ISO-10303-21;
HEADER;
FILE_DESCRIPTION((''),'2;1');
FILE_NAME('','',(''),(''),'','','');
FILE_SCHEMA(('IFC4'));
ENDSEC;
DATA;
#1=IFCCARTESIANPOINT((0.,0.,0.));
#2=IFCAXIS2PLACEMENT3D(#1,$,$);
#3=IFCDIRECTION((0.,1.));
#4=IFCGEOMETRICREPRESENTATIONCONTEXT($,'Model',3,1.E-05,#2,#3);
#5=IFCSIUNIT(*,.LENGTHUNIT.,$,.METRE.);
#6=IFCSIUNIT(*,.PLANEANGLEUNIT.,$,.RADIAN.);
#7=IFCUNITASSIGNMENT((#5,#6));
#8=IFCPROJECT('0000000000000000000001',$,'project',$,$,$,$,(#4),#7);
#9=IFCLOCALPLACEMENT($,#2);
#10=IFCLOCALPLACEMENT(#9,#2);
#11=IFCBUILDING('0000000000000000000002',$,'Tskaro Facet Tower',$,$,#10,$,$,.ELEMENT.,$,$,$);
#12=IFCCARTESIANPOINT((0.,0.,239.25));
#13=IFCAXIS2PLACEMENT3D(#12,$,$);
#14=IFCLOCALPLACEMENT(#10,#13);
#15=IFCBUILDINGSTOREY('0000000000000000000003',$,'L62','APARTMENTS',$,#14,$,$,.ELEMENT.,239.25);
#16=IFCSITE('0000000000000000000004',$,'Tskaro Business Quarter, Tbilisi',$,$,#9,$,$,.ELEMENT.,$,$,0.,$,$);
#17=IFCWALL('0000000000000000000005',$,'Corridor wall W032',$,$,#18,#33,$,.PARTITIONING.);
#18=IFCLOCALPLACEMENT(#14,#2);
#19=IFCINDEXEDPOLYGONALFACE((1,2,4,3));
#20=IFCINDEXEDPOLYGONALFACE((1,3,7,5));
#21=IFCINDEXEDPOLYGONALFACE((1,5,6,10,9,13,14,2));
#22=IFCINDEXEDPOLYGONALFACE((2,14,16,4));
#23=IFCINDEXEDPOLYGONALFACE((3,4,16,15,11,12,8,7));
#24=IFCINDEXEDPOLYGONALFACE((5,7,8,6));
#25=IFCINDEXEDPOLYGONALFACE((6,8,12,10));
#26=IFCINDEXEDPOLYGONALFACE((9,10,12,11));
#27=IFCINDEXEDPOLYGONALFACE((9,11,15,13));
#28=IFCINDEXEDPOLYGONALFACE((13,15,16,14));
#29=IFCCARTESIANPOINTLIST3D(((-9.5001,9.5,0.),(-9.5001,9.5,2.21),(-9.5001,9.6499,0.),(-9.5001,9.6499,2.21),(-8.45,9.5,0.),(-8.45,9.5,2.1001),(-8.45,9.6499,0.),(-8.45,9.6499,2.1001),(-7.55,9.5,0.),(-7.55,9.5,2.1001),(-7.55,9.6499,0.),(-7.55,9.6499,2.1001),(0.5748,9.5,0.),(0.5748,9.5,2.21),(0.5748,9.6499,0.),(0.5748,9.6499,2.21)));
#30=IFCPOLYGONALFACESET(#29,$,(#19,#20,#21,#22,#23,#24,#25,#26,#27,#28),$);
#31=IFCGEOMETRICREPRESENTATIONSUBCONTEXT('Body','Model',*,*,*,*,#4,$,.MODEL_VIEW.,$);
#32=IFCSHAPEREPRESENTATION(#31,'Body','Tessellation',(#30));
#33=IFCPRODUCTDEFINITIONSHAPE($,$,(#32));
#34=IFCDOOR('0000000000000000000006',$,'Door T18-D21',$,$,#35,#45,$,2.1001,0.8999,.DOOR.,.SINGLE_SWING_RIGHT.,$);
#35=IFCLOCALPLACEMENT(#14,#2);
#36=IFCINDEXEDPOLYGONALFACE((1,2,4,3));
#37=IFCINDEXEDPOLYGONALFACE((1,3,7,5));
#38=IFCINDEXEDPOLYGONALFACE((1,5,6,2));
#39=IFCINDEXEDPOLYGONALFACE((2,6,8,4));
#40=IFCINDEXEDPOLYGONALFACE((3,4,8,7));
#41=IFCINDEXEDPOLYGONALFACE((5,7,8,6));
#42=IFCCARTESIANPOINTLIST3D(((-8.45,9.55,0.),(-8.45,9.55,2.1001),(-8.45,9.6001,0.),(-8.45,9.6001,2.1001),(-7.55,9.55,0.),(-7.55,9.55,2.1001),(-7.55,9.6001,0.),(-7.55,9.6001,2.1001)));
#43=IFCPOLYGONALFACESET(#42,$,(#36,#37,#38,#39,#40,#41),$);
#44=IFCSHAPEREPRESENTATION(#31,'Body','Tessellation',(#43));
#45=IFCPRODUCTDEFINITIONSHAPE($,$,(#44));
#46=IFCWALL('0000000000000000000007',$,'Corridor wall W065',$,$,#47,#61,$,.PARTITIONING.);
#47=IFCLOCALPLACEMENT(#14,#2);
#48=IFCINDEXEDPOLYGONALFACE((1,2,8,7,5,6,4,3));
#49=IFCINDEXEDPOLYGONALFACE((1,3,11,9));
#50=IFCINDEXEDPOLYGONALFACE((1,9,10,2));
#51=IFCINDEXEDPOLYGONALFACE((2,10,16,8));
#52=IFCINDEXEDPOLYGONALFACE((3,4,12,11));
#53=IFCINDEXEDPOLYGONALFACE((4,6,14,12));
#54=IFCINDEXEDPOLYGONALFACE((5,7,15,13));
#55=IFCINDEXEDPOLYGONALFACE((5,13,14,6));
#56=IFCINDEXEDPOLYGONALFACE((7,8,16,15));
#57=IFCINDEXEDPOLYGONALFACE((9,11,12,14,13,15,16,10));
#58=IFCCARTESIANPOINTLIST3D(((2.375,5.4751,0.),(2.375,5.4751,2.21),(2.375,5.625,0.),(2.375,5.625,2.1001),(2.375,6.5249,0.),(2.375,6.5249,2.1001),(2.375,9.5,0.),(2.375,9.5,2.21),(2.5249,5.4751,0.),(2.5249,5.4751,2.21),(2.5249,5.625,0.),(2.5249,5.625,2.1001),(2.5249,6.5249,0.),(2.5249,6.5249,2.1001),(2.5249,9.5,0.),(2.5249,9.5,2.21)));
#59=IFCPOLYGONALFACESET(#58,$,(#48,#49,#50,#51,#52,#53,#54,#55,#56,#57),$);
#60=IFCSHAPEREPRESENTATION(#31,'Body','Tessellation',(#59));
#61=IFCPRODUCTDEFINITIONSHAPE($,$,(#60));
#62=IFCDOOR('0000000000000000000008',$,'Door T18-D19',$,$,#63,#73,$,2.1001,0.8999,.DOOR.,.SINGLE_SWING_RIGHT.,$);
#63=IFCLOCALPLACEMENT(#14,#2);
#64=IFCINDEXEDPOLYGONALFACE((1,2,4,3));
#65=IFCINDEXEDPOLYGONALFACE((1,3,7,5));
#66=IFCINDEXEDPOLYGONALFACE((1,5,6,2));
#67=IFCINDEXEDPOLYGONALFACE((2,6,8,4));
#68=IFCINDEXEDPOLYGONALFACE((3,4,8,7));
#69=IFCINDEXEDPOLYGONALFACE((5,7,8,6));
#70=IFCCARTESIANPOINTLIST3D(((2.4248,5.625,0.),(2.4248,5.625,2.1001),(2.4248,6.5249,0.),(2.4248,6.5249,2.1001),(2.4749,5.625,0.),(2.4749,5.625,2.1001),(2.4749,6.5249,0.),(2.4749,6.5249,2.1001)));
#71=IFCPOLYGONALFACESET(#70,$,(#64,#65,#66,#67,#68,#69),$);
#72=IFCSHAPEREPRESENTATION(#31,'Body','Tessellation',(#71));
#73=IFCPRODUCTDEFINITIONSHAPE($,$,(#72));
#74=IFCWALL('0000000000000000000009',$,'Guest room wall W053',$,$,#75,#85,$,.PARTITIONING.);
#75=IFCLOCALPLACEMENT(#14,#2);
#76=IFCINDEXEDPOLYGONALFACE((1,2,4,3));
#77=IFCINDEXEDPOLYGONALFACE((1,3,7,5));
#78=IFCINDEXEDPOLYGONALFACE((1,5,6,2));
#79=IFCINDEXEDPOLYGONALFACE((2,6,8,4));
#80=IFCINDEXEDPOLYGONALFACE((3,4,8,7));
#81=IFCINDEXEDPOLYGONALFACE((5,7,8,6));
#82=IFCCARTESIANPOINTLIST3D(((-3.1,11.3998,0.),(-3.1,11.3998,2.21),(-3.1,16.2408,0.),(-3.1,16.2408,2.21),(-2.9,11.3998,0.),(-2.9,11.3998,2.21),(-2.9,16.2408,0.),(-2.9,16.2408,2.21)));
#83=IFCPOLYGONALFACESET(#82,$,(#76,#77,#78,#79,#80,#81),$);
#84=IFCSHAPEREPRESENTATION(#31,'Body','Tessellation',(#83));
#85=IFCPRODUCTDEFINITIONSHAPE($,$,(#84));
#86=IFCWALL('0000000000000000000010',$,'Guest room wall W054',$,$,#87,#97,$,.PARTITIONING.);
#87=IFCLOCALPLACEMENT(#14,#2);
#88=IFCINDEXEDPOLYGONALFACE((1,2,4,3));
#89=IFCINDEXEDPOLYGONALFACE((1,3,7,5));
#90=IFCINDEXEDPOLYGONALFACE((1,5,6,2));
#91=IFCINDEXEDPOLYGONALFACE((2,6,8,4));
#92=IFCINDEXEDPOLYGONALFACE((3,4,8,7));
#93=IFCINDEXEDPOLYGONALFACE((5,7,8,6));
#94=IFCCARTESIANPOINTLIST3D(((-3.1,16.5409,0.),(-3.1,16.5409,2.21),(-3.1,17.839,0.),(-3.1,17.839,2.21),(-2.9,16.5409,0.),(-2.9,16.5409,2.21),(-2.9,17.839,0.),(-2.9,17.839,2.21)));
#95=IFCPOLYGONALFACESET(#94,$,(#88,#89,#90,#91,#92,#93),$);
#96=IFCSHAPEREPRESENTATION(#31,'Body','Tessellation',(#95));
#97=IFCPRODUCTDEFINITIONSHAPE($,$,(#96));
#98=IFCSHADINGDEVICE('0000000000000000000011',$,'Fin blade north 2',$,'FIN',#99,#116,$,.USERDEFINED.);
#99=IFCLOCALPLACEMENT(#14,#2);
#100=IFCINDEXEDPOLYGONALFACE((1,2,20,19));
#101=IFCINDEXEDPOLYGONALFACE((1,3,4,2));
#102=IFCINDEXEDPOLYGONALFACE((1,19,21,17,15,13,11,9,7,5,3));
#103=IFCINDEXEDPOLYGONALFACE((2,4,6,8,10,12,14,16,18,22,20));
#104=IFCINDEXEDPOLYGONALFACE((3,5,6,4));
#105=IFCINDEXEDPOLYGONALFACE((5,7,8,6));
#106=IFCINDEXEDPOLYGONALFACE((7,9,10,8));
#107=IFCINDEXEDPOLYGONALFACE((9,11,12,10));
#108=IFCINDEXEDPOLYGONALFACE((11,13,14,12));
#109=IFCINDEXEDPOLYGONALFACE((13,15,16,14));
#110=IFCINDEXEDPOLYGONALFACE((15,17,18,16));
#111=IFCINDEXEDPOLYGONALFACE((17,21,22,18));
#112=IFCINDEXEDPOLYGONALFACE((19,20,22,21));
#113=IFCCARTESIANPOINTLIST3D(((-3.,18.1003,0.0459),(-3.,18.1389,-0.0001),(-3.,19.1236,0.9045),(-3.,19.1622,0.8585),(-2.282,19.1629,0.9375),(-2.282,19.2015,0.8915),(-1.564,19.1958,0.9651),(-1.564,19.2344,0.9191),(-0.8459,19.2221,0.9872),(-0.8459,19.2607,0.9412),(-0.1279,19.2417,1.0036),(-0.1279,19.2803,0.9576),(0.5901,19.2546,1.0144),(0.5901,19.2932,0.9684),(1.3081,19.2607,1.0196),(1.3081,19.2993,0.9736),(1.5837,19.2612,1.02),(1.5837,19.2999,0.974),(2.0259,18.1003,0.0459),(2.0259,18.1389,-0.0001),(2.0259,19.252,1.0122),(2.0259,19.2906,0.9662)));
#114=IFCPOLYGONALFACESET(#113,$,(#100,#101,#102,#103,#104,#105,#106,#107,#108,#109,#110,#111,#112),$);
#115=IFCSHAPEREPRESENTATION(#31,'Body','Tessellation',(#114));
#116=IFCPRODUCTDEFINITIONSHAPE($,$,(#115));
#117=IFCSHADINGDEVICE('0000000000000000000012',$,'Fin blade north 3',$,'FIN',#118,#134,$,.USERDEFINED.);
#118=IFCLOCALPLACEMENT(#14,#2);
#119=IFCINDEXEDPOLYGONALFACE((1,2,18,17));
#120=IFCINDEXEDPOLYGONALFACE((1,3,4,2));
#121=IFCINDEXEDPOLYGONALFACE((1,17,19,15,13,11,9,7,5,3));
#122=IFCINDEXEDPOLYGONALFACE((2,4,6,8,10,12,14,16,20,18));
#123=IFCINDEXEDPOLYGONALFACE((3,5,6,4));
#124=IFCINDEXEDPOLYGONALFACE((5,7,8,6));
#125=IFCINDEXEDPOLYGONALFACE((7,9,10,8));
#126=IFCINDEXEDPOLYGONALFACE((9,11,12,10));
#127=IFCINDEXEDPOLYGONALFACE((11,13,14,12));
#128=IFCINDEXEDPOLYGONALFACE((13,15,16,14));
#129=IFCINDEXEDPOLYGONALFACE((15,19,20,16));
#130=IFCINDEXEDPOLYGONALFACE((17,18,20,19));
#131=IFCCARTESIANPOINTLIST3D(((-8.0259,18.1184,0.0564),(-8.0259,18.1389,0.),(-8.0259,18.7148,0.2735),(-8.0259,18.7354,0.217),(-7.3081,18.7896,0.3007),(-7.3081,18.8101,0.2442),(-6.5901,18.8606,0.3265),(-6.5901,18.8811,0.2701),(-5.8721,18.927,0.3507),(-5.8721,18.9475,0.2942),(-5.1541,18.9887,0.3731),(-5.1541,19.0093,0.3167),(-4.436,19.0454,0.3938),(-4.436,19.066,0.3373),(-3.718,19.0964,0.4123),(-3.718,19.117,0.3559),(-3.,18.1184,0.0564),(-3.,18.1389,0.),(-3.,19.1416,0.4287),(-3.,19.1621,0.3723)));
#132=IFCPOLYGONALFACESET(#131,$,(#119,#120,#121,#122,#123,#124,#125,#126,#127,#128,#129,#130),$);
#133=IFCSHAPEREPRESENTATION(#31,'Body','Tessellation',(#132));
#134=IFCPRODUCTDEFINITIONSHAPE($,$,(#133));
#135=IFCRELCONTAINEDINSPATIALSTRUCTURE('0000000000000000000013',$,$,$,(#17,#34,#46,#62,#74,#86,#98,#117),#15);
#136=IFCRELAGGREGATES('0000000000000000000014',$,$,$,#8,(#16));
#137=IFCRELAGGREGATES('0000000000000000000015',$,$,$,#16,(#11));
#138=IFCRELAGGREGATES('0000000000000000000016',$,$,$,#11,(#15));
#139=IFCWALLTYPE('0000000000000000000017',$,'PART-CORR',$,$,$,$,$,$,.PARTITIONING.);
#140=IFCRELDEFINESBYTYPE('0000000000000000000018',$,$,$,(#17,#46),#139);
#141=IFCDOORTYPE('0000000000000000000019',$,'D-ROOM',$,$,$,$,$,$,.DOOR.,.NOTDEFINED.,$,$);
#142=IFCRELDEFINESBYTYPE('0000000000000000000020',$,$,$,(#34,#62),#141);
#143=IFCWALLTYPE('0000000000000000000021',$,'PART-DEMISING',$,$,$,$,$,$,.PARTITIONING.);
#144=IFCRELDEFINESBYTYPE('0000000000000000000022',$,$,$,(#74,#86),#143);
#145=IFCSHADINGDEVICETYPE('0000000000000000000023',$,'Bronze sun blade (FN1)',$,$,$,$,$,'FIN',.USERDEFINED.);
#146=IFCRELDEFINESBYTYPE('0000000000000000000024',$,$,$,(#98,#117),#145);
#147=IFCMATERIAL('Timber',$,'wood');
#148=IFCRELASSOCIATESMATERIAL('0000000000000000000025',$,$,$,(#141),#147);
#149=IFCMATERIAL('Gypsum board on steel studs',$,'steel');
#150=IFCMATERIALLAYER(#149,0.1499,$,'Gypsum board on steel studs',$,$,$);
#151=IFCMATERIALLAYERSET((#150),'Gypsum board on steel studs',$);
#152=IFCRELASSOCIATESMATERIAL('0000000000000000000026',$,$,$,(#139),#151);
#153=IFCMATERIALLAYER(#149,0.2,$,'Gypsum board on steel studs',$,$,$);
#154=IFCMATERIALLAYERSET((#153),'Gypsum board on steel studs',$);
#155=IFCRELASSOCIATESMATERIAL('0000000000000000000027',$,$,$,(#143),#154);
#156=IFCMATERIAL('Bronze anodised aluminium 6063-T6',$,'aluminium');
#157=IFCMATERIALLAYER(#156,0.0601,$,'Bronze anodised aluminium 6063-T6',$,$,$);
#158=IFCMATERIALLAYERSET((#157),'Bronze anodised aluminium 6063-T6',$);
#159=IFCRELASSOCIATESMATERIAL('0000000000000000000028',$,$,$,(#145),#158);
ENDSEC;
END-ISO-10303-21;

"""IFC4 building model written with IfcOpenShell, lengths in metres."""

from ifc_helpers import new_model, si_unit, direction, frame, frame_2d, origin, place, context, subcontext, project, spatial, polyline, rectangle, outline, extrude, material, layer, layer_set, type_object, element, fill, save


model = new_model("IFC4")

# Units and contexts
model_context = context("Model", 3, precision=1e-05, world=origin(), true_north=direction((0.0, 1.0)))
body_context = subcontext(model_context, "Body", "Model", "MODEL_VIEW")
ifc_project = project(units=[si_unit("LENGTHUNIT", "METRE"), si_unit("PLANEANGLEUNIT", "RADIAN")], contexts=[model_context])

# Site, building, storey
site_placement = place(None, origin())
site = spatial("IfcSite", under=ifc_project, at=site_placement, Name="Tskaro Business Quarter, Tbilisi", CompositionType="ELEMENT", RefElevation=0.0)
building_placement = place(site_placement, origin())
building = spatial("IfcBuilding", under=site, at=building_placement, Name="Tskaro Facet Tower", CompositionType="ELEMENT")
storey_placement = place(building_placement, frame((0.0, 0.0, 239.25)))
storey = spatial("IfcBuildingStorey", under=building, at=storey_placement, Name="L62", Description="APARTMENTS", CompositionType="ELEMENT", Elevation=239.25)

# Shared definitions
ifc_material_1 = material(Name="Bronze anodised aluminium 6063-T6", Category="aluminium")

# Shared definitions
ifc_material_2 = material(Name="Gypsum board on steel studs", Category="steel")

# Shared definitions
ifc_material_3 = material(Name="Timber", Category="wood")
door_type_1 = type_object("IfcDoorType", Name="D-ROOM", OperationType="NOTDEFINED", PredefinedType="DOOR", material=ifc_material_3)

# Walls, openings, doors
ifc_layer_1 = layer(ifc_material_2, 0.1499, Name="Gypsum board on steel studs")
ifc_layer_set_1 = layer_set([ifc_layer_1], Name="Gypsum board on steel studs")
wall_type_1 = type_object("IfcWallType", Name="PART-CORR", PredefinedType="PARTITIONING", material=ifc_layer_set_1)
wall_1_placement = place(storey_placement, frame((0.575, 9.575, 0.0), z_axis=(0.0, 0.0, 1.0), x_axis=(-1.0, 0.0, 0.0)))
wall_1 = element("IfcWall", 1, at=wall_1_placement, inside=storey, type_object=wall_type_1, Name="Corridor wall W032", PredefinedType="PARTITIONING", context=body_context, shape_type="SweptSolid", body=[
    extrude(rectangle(XDim=10.075, YDim=0.1499, at=frame_2d((5.0376, 0.0))), origin(), (0.0, 0.0, 1.0), 2.21),
])
opening_1_placement = place(wall_1_placement, frame((8.125, 0.0, 0.0)))
opening_1 = element("IfcOpeningElement", 2, at=opening_1_placement, cuts=wall_1, PredefinedType="OPENING", context=body_context, shape_type="SweptSolid", body=[
    extrude(rectangle(XDim=0.8999, YDim=2.1001, at=frame_2d((0.45, 1.05))), frame((0.0, 0.085, 0.0), z_axis=(0.0, -1.0, 0.0), x_axis=(1.0, 0.0, 0.0)), (0.0, 0.0, 1.0), 0.1699),
])
door_1_placement = place(opening_1_placement, origin())
door_1 = element("IfcDoor", 3, at=door_1_placement, inside=storey, type_object=door_type_1, Name="Door T18-D21", OperationType="SINGLE_SWING_RIGHT", OverallHeight=2.1001, OverallWidth=0.8999, PredefinedType="DOOR", context=body_context, shape_type="SweptSolid", body=[
    extrude(rectangle(XDim=0.8999, YDim=2.1001, at=frame_2d((0.45, 1.05))), frame((0.0, 0.0249, 0.0), z_axis=(0.0, -1.0, 0.0), x_axis=(1.0, 0.0, 0.0)), (0.0, 0.0, 1.0), 0.05),
])
fill(opening_1, door_1)
wall_2_placement = place(storey_placement, frame((2.45, 9.5, 0.0), z_axis=(0.0, 0.0, 1.0), x_axis=(0.0, -1.0, 0.0)))
wall_2 = element("IfcWall", 4, at=wall_2_placement, inside=storey, type_object=wall_type_1, Name="Corridor wall W065", PredefinedType="PARTITIONING", context=body_context, shape_type="SweptSolid", body=[
    extrude(rectangle(XDim=4.0249, YDim=0.1499, at=frame_2d((2.0125, 0.0))), origin(), (0.0, 0.0, 1.0), 2.21),
])
opening_2_placement = place(wall_2_placement, frame((2.9751, 0.0, 0.0)))
opening_2 = element("IfcOpeningElement", 5, at=opening_2_placement, cuts=wall_2, PredefinedType="OPENING", context=body_context, shape_type="SweptSolid", body=[
    extrude(rectangle(XDim=0.8999, YDim=2.1001, at=frame_2d((0.45, 1.05))), frame((0.0, 0.085, 0.0), z_axis=(0.0, -1.0, 0.0), x_axis=(1.0, 0.0, 0.0)), (0.0, 0.0, 1.0), 0.1699),
])
door_2_placement = place(opening_2_placement, origin())
door_2 = element("IfcDoor", 6, at=door_2_placement, inside=storey, type_object=door_type_1, Name="Door T18-D19", OperationType="SINGLE_SWING_RIGHT", OverallHeight=2.1001, OverallWidth=0.8999, PredefinedType="DOOR", context=body_context, shape_type="SweptSolid", body=[
    extrude(rectangle(XDim=0.8999, YDim=2.1001, at=frame_2d((0.45, 1.05))), frame((0.0, 0.0249, 0.0), z_axis=(0.0, -1.0, 0.0), x_axis=(1.0, 0.0, 0.0)), (0.0, 0.0, 1.0), 0.05),
])
fill(opening_2, door_2)

# Walls
ifc_layer_2 = layer(ifc_material_2, 0.2, Name="Gypsum board on steel studs")
ifc_layer_set_2 = layer_set([ifc_layer_2], Name="Gypsum board on steel studs")
wall_type_2 = type_object("IfcWallType", Name="PART-DEMISING", PredefinedType="PARTITIONING", material=ifc_layer_set_2)
wall_3_placement = place(storey_placement, frame((-3.0, 11.3999, 0.0), z_axis=(0.0, 0.0, 1.0), x_axis=(0.0, 1.0, 0.0)))
element("IfcWall", 7, at=wall_3_placement, inside=storey, type_object=wall_type_2, Name="Guest room wall W053", PredefinedType="PARTITIONING", context=body_context, shape_type="SweptSolid", body=[
    extrude(rectangle(XDim=4.8411, YDim=0.2, at=frame_2d((2.4204, 0.0))), origin(), (0.0, 0.0, 1.0), 2.21),
])
wall_4_placement = place(storey_placement, frame((-3.0, 16.541, 0.0), z_axis=(0.0, 0.0, 1.0), x_axis=(0.0, 1.0, 0.0)))
element("IfcWall", 8, at=wall_4_placement, inside=storey, type_object=wall_type_2, Name="Guest room wall W054", PredefinedType="PARTITIONING", context=body_context, shape_type="SweptSolid", body=[
    extrude(rectangle(XDim=1.2981, YDim=0.2, at=frame_2d((0.6489, 0.0))), origin(), (0.0, 0.0, 1.0), 2.21),
])

# Shading devices
ifc_layer_3 = layer(ifc_material_1, 0.0601, Name="Bronze anodised aluminium 6063-T6")
ifc_layer_set_3 = layer_set([ifc_layer_3], Name="Bronze anodised aluminium 6063-T6")
shading_device_type = type_object("IfcShadingDeviceType", Name="Bronze sun blade (FN1)", ElementType="FIN", PredefinedType="USERDEFINED", material=ifc_layer_set_3)
shading_device_1_placement = place(storey_placement, frame((2.0259, 18.1003, 0.0459), z_axis=(0.000006, -0.642781, 0.76605), x_axis=(-1.0, -0.000004, 0.000005)))
element("IfcShadingDevice", 9, at=shading_device_1_placement, inside=storey, type_object=shading_device_type, Name="Fin blade north 2", ObjectType="FIN", PredefinedType="USERDEFINED", context=body_context, shape_type="SweptSolid", body=[
    extrude(outline(polyline([(0.0, 0.0), (5.0259, 0.0), (5.0259, -1.3357), (4.3079, -1.387), (3.5898, -1.43), (2.8718, -1.4643), (2.1538, -1.49), (1.4358, -1.5068), (0.7178, -1.5148), (0.4421, -1.5154), (0.0, -1.5033), (0.0, 0.0)])), origin(), (0.0, 0.0, -1.0), 0.0601),
])
shading_device_2_placement = place(storey_placement, frame((-3.0, 18.1184, 0.0564), z_axis=(0.000004, -0.341971, 0.93971), x_axis=(-1.0, -0.000001, 0.000004)))
element("IfcShadingDevice", 10, at=shading_device_2_placement, inside=storey, type_object=shading_device_type, Name="Fin blade north 3", ObjectType="FIN", PredefinedType="USERDEFINED", context=body_context, shape_type="SweptSolid", body=[
    extrude(outline(polyline([(0.0, 0.0), (5.0259, 0.0), (5.0259, -0.6347), (4.3081, -0.7143), (3.5901, -0.7898), (2.8721, -0.8604), (2.1541, -0.9262), (1.436, -0.9865), (0.718, -1.0408), (0.0, -1.0888), (0.0, 0.0)])), origin(), (0.0, 0.0, -1.0), 0.0601),
])

save(model, "model.ifc")
